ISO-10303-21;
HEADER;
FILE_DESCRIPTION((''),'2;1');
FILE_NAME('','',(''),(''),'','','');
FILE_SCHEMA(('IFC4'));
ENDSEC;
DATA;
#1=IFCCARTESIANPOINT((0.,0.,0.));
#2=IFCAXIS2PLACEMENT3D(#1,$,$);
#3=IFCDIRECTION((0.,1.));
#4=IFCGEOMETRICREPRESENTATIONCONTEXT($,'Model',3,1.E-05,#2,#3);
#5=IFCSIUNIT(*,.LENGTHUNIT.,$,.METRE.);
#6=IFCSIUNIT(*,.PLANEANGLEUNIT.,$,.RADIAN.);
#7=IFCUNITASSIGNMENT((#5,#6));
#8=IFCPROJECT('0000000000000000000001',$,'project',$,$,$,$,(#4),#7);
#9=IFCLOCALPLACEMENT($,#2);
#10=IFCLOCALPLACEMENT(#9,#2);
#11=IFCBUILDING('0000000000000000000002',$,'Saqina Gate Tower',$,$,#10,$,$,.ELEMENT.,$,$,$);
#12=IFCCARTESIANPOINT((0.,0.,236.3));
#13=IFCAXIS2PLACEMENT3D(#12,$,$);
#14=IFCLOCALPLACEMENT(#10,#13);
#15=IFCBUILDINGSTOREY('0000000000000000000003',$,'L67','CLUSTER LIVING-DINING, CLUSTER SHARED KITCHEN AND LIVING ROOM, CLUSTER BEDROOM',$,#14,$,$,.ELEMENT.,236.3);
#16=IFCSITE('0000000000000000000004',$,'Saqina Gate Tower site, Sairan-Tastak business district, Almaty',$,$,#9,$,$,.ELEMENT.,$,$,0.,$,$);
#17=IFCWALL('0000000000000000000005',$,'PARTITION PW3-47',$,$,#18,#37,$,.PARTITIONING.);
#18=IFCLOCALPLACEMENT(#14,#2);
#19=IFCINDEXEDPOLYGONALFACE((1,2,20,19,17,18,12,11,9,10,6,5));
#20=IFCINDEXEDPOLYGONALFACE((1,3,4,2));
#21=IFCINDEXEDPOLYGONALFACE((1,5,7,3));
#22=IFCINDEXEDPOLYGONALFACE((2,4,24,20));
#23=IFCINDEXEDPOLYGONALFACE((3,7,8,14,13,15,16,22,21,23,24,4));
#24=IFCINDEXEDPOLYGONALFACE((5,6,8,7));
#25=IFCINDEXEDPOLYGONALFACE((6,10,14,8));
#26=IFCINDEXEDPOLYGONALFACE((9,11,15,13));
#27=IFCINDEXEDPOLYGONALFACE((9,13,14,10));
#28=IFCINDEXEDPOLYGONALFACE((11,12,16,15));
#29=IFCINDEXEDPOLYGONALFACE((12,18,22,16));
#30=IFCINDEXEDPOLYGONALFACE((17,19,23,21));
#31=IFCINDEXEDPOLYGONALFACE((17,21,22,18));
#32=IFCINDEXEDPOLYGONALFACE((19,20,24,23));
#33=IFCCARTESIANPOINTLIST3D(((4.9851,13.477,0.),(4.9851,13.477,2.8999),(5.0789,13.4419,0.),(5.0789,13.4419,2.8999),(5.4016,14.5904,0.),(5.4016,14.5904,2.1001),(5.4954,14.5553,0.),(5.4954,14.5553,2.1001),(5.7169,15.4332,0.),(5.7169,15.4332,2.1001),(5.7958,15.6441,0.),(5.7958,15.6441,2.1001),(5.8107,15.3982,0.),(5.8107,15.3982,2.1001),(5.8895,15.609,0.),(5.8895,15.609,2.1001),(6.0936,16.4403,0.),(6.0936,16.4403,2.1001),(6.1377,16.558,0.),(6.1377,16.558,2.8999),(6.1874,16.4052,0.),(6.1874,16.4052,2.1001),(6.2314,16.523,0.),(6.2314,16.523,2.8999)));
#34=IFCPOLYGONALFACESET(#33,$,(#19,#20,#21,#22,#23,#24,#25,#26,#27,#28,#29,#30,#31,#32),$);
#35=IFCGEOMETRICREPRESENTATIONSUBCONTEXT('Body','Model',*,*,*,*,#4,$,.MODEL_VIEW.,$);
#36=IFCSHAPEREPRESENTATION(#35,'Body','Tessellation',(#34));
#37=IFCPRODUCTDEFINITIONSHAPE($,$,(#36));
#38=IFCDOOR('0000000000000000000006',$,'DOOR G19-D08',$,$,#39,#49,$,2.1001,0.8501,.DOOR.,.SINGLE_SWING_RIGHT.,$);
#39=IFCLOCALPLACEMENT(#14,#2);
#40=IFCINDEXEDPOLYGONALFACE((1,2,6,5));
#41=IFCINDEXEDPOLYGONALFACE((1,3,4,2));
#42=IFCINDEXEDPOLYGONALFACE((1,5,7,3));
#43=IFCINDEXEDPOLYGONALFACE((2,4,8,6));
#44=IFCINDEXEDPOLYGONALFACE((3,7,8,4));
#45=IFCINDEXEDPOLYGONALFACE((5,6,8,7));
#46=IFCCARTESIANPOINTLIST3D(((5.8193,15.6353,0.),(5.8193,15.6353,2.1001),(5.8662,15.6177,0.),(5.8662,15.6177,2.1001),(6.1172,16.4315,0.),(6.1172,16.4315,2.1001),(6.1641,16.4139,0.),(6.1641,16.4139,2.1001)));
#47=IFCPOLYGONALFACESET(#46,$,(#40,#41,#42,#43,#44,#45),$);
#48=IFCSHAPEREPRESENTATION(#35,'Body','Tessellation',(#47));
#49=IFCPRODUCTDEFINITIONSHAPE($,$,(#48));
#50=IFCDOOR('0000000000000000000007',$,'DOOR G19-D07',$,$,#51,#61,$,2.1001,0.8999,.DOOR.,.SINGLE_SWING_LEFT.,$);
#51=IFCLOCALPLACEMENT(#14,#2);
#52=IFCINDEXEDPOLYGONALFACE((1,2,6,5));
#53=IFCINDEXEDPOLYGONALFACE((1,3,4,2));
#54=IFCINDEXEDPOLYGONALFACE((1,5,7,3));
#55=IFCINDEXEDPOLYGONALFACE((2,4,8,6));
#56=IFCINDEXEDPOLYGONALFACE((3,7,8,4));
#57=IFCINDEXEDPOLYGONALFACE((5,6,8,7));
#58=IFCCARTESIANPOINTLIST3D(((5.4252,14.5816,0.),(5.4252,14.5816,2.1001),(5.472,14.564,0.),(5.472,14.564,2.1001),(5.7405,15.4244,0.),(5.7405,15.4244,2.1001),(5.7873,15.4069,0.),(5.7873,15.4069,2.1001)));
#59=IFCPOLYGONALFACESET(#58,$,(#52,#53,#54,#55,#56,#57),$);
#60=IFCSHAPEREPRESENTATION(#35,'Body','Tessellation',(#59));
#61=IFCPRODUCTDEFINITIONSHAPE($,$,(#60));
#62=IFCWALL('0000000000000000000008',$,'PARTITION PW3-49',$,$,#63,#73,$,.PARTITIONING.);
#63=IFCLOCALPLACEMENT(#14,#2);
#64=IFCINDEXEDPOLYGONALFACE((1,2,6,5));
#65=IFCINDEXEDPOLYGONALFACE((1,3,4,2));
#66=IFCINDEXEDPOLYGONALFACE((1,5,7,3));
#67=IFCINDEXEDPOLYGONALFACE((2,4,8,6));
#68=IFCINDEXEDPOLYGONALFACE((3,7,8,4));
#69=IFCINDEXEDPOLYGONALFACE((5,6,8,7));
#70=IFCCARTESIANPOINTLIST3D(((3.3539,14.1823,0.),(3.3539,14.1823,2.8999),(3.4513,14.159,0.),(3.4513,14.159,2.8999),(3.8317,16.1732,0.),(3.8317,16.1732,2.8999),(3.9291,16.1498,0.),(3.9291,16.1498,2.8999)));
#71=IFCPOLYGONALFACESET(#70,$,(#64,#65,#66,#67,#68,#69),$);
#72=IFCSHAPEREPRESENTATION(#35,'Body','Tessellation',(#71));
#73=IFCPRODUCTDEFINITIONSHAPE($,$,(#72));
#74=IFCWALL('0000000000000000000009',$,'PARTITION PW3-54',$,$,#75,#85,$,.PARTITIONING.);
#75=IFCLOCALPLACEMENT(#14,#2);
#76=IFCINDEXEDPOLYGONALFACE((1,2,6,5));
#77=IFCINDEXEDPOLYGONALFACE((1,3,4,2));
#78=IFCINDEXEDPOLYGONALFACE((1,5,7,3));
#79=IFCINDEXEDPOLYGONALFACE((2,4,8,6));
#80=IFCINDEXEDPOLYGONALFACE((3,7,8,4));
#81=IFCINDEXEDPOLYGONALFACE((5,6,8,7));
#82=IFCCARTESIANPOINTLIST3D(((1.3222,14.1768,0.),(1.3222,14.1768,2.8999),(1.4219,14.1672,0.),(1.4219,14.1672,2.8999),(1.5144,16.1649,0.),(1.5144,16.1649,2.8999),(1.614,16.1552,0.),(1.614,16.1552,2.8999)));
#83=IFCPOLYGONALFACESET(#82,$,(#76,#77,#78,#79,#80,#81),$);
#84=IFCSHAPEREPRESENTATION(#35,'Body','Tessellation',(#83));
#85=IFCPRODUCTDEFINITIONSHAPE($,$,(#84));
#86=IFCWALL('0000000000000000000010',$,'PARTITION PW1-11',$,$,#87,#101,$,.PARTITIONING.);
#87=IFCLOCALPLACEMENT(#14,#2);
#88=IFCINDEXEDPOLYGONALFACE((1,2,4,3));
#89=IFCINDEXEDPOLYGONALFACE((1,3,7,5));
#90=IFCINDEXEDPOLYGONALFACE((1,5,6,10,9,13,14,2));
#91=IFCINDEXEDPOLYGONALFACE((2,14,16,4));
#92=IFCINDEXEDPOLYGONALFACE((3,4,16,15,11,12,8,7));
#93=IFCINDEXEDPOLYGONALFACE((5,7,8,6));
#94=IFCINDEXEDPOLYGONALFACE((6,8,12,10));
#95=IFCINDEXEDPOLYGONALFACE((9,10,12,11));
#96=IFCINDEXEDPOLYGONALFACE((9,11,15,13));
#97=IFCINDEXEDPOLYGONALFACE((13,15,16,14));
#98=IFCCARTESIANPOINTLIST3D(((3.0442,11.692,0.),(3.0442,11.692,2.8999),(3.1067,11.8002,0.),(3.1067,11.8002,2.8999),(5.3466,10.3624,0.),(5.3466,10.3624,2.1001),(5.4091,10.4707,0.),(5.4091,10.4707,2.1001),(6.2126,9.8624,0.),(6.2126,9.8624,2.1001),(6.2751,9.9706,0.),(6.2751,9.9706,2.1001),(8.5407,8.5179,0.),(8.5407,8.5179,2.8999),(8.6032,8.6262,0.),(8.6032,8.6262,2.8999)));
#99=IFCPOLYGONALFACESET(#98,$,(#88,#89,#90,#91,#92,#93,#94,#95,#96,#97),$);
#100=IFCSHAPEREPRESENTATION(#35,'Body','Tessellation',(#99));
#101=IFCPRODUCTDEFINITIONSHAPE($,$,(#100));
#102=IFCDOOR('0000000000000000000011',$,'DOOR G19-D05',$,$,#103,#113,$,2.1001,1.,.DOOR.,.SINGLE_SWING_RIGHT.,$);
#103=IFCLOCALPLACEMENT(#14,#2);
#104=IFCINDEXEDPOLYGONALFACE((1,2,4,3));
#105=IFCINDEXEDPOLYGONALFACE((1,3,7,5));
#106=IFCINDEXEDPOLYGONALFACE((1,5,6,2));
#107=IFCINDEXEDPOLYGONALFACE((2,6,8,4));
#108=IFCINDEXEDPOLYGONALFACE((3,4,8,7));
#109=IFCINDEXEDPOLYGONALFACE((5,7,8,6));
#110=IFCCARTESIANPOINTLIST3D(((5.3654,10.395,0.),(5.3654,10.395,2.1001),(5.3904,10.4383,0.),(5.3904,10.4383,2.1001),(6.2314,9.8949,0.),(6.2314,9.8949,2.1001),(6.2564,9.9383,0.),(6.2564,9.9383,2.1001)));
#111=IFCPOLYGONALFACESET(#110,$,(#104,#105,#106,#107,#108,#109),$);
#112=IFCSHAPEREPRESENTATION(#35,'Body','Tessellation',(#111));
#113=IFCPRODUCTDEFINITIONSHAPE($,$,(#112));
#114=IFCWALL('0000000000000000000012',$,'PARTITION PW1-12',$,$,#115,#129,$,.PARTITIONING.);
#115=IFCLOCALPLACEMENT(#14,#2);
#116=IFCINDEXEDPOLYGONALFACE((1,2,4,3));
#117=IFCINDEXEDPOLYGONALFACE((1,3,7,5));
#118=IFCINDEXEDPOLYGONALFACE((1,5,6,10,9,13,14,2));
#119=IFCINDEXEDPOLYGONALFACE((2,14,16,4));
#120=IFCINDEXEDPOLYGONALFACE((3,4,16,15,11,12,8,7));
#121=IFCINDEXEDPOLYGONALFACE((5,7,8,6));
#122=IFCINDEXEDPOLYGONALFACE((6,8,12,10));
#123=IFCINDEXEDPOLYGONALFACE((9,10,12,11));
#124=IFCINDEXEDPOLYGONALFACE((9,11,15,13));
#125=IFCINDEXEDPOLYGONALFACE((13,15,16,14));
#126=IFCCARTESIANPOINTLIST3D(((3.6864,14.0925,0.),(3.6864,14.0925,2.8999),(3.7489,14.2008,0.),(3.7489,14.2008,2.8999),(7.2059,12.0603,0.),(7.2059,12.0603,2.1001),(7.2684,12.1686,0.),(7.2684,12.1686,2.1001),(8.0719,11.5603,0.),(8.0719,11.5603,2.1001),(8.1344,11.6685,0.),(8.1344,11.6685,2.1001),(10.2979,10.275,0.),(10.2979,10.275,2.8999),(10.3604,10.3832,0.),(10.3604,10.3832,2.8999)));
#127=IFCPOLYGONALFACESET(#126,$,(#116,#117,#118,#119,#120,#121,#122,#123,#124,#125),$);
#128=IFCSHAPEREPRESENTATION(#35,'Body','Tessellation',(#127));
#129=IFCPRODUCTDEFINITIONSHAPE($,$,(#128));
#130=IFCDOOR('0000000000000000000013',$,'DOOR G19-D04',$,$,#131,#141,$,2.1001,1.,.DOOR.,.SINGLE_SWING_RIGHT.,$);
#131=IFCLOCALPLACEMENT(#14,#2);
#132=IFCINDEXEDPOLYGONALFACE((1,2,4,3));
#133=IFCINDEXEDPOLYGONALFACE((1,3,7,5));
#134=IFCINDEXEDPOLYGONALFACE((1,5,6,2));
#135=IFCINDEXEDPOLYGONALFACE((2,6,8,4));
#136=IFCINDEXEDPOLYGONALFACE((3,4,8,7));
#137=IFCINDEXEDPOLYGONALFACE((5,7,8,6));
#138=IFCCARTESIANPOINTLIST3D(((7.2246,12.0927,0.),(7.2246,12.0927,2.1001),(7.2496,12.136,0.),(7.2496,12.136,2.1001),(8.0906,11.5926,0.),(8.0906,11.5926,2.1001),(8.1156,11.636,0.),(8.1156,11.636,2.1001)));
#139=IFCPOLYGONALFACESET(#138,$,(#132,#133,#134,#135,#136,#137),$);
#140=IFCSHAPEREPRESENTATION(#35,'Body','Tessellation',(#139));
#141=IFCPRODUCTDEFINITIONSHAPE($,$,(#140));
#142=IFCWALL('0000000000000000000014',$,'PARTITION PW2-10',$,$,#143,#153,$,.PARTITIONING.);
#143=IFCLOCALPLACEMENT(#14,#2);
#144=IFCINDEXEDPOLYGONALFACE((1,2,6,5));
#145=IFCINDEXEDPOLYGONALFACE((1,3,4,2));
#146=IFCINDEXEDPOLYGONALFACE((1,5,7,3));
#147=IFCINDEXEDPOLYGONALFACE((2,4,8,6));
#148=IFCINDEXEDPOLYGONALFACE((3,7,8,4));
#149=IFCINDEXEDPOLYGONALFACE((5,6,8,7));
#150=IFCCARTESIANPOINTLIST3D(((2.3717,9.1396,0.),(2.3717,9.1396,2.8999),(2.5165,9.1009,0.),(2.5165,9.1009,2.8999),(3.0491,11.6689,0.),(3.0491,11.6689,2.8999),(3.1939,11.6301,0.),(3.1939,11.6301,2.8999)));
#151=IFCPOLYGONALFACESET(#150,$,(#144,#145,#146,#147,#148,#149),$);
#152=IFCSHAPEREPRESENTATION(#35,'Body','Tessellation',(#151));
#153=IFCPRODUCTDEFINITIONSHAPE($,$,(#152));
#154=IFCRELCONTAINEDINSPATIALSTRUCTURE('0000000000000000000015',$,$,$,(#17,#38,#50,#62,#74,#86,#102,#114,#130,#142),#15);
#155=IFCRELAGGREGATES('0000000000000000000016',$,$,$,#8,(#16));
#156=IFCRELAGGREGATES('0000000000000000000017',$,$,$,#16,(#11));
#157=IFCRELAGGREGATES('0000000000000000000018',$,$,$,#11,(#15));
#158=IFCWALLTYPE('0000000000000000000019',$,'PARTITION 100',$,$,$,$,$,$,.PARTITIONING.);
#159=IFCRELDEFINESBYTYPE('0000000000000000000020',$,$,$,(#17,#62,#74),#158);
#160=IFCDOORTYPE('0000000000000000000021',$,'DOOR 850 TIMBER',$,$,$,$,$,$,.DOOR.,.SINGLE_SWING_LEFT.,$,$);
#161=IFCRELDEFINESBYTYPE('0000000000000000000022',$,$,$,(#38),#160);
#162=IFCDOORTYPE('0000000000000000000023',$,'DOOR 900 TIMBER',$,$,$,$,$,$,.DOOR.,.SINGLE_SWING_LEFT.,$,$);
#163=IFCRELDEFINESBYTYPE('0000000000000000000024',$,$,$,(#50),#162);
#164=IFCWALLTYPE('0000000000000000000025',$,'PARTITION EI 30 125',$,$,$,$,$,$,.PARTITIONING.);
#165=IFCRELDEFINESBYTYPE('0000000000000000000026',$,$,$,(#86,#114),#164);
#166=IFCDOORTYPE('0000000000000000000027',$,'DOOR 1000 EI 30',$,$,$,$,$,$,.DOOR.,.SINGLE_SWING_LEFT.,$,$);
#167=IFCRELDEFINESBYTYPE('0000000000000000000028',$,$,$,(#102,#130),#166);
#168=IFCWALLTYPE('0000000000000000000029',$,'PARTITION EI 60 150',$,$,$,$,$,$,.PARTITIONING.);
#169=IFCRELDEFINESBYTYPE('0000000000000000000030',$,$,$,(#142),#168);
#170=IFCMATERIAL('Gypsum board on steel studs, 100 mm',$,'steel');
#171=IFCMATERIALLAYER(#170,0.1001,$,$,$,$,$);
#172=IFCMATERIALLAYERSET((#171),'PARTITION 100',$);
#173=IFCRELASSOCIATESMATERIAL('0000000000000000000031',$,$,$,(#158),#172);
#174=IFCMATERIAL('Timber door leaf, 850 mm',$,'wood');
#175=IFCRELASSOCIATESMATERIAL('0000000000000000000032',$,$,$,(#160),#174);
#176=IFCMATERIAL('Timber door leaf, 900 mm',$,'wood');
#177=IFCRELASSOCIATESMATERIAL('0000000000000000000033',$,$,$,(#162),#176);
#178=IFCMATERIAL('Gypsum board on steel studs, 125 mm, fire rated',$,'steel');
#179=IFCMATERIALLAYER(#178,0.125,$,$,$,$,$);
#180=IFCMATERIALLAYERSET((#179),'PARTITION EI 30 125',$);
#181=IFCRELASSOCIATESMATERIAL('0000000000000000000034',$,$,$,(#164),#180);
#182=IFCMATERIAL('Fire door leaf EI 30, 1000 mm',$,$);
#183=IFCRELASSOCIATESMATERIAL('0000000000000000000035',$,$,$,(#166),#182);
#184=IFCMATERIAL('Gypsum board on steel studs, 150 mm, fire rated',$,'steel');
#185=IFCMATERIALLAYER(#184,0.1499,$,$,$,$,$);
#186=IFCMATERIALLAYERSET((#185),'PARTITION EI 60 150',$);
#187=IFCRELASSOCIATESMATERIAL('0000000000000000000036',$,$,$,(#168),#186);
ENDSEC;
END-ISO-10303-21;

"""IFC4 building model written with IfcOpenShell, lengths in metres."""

from ifc_helpers import new_model, si_unit, direction, frame, frame_2d, origin, place, context, subcontext, project, spatial, rectangle, extrude, material, layer, layer_set, type_object, element, fill, save


model = new_model("IFC4")

# Units and contexts
model_context = context("Model", 3, precision=1e-05, world=origin(), true_north=direction((0.0, 1.0)))
body_context = subcontext(model_context, "Body", "Model", "MODEL_VIEW")
ifc_project = project(units=[si_unit("LENGTHUNIT", "METRE"), si_unit("PLANEANGLEUNIT", "RADIAN")], contexts=[model_context])

# Site, building, storey
site_placement = place(None, origin())
site = spatial("IfcSite", under=ifc_project, at=site_placement, Name="Saqina Gate Tower site, Sairan-Tastak business district, Almaty", CompositionType="ELEMENT", RefElevation=0.0)
building_placement = place(site_placement, origin())
building = spatial("IfcBuilding", under=site, at=building_placement, Name="Saqina Gate Tower", CompositionType="ELEMENT")
storey_placement = place(building_placement, frame((0.0, 0.0, 236.3)))
storey = spatial("IfcBuildingStorey", under=building, at=storey_placement, Name="L67", Description="CLUSTER LIVING-DINING, CLUSTER SHARED KITCHEN AND LIVING ROOM, CLUSTER BEDROOM", CompositionType="ELEMENT", Elevation=236.3)

# Shared definitions
ifc_material_1 = material(Name="Gypsum board on steel studs, 100 mm", Category="steel")
ifc_layer_1 = layer(ifc_material_1, 0.1001)
ifc_layer_set_1 = layer_set([ifc_layer_1], Name="PARTITION 100")
wall_type_1 = type_object("IfcWallType", Name="PARTITION 100", PredefinedType="PARTITIONING", material=ifc_layer_set_1)

# Wall, openings, doors
wall_1_placement = place(storey_placement, frame((5.032, 13.4595, 0.0), z_axis=(0.0, 0.0, 1.0), x_axis=(0.350375, 0.936609, 0.0)))
wall_1 = element("IfcWall", 1, at=wall_1_placement, inside=storey, type_object=wall_type_1, Name="PARTITION PW3-47", PredefinedType="PARTITIONING", context=body_context, shape_type="SweptSolid", body=[
    extrude(rectangle(XDim=3.2896, YDim=0.1001, at=frame_2d((1.6448, 0.0))), origin(), (0.0, 0.0, 1.0), 2.8999),
])
opening_1_placement = place(wall_1_placement, frame((1.1887, 0.0, 0.0)))
opening_1 = element("IfcOpeningElement", 2, at=opening_1_placement, cuts=wall_1, PredefinedType="OPENING", context=body_context, shape_type="SweptSolid", body=[
    extrude(rectangle(XDim=0.8999, YDim=2.1001, at=frame_2d((0.45, 1.05))), frame((0.0, 0.062, 0.0), z_axis=(0.0, -1.0, 0.0), x_axis=(1.0, 0.0, 0.0)), (0.0, 0.0, 1.0), 0.124),
])
opening_2_placement = place(wall_1_placement, frame((2.3137, 0.0, 0.0)))
opening_2 = element("IfcOpeningElement", 3, at=opening_2_placement, cuts=wall_1, PredefinedType="OPENING", context=body_context, shape_type="SweptSolid", body=[
    extrude(rectangle(XDim=0.8501, YDim=2.1001, at=frame_2d((0.425, 1.05))), frame((0.0, 0.062, 0.0), z_axis=(0.0, -1.0, 0.0), x_axis=(1.0, 0.0, 0.0)), (0.0, 0.0, 1.0), 0.124),
])
ifc_material_2 = material(Name="Timber door leaf, 850 mm", Category="wood")
door_type_1 = type_object("IfcDoorType", Name="DOOR 850 TIMBER", OperationType="SINGLE_SWING_LEFT", PredefinedType="DOOR", material=ifc_material_2)
door_1_placement = place(opening_2_placement, origin())
door_1 = element("IfcDoor", 4, at=door_1_placement, inside=storey, type_object=door_type_1, Name="DOOR G19-D08", OperationType="SINGLE_SWING_RIGHT", OverallHeight=2.1001, OverallWidth=0.8501, PredefinedType="DOOR", context=body_context, shape_type="SweptSolid", body=[
    extrude(rectangle(XDim=0.8501, YDim=2.1001, at=frame_2d((0.425, 1.05))), frame((0.0, 0.0249, 0.0), z_axis=(0.0, -1.0, 0.0), x_axis=(1.0, 0.0, 0.0)), (0.0, 0.0, 1.0), 0.05),
])
fill(opening_2, door_1)
ifc_material_3 = material(Name="Timber door leaf, 900 mm", Category="wood")
door_type_2 = type_object("IfcDoorType", Name="DOOR 900 TIMBER", OperationType="SINGLE_SWING_LEFT", PredefinedType="DOOR", material=ifc_material_3)
door_2_placement = place(opening_1_placement, origin())
door_2 = element("IfcDoor", 5, at=door_2_placement, inside=storey, type_object=door_type_2, Name="DOOR G19-D07", OperationType="SINGLE_SWING_LEFT", OverallHeight=2.1001, OverallWidth=0.8999, PredefinedType="DOOR", context=body_context, shape_type="SweptSolid", body=[
    extrude(rectangle(XDim=0.8999, YDim=2.1001, at=frame_2d((0.45, 1.05))), frame((0.0, 0.0249, 0.0), z_axis=(0.0, -1.0, 0.0), x_axis=(1.0, 0.0, 0.0)), (0.0, 0.0, 1.0), 0.05),
])
fill(opening_1, door_2)

# Walls
wall_2_placement = place(storey_placement, frame((3.4026, 14.1707, 0.0), z_axis=(0.0, 0.0, 1.0), x_axis=(0.233377, 0.972386, 0.0)))
element("IfcWall", 6, at=wall_2_placement, inside=storey, type_object=wall_type_1, Name="PARTITION PW3-49", PredefinedType="PARTITIONING", context=body_context, shape_type="SweptSolid", body=[
    extrude(rectangle(XDim=2.0474, YDim=0.1001, at=frame_2d((1.0237, 0.0))), origin(), (0.0, 0.0, 1.0), 2.8999),
])
wall_3_placement = place(storey_placement, frame((1.3721, 14.1721, 0.0), z_axis=(0.0, 0.0, 1.0), x_axis=(0.096199, 0.995362, 0.0)))
element("IfcWall", 7, at=wall_3_placement, inside=storey, type_object=wall_type_1, Name="PARTITION PW3-54", PredefinedType="PARTITIONING", context=body_context, shape_type="SweptSolid", body=[
    extrude(rectangle(XDim=1.9973, YDim=0.1001, at=frame_2d((0.9985, 0.0))), origin(), (0.0, 0.0, 1.0), 2.8999),
])

# Walls, openings, doors
ifc_material_4 = material(Name="Gypsum board on steel studs, 125 mm, fire rated", Category="steel")
ifc_layer_2 = layer(ifc_material_4, 0.125)
ifc_layer_set_2 = layer_set([ifc_layer_2], Name="PARTITION EI 30 125")
wall_type_2 = type_object("IfcWallType", Name="PARTITION EI 30 125", PredefinedType="PARTITIONING", material=ifc_layer_set_2)
wall_4_placement = place(storey_placement, frame((3.0754, 11.7461, 0.0), z_axis=(0.0, 0.0, 1.0), x_axis=(0.865983, -0.500073, 0.0)))
wall_4 = element("IfcWall", 8, at=wall_4_placement, inside=storey, type_object=wall_type_2, Name="PARTITION PW1-11", PredefinedType="PARTITIONING", context=body_context, shape_type="SweptSolid", body=[
    extrude(rectangle(XDim=6.3472, YDim=0.125, at=frame_2d((3.1736, 0.0))), origin(), (0.0, 0.0, 1.0), 2.8999),
])
opening_3_placement = place(wall_4_placement, frame((2.6587, 0.0, 0.0)))
opening_3 = element("IfcOpeningElement", 9, at=opening_3_placement, cuts=wall_4, PredefinedType="OPENING", context=body_context, shape_type="SweptSolid", body=[
    extrude(rectangle(XDim=1.0, YDim=2.1001, at=frame_2d((0.5, 1.05))), frame((0.0, 0.0745, 0.0), z_axis=(0.0, -1.0, 0.0), x_axis=(1.0, 0.0, 0.0)), (0.0, 0.0, 1.0), 0.1489),
])
ifc_material_5 = material(Name="Fire door leaf EI 30, 1000 mm")
door_type_3 = type_object("IfcDoorType", Name="DOOR 1000 EI 30", OperationType="SINGLE_SWING_LEFT", PredefinedType="DOOR", material=ifc_material_5)
door_3_placement = place(opening_3_placement, frame((1.0, 0.0, 0.0), z_axis=(0.0, 0.0, 1.0), x_axis=(-1.0, 0.0, 0.0)))
door_3 = element("IfcDoor", 10, at=door_3_placement, inside=storey, type_object=door_type_3, Name="DOOR G19-D05", OperationType="SINGLE_SWING_RIGHT", OverallHeight=2.1001, OverallWidth=1.0, PredefinedType="DOOR", context=body_context, shape_type="SweptSolid", body=[
    extrude(rectangle(XDim=1.0, YDim=2.1001, at=frame_2d((0.5, 1.05))), frame((0.0, 0.0249, 0.0), z_axis=(0.0, -1.0, 0.0), x_axis=(1.0, 0.0, 0.0)), (0.0, 0.0, 1.0), 0.05),
])
fill(opening_3, door_3)
wall_5_placement = place(storey_placement, frame((3.7175, 14.1467, 0.0), z_axis=(0.0, 0.0, 1.0), x_axis=(0.866001, -0.500043, 0.0)))
wall_5 = element("IfcWall", 11, at=wall_5_placement, inside=storey, type_object=wall_type_2, Name="PARTITION PW1-12", PredefinedType="PARTITIONING", context=body_context, shape_type="SweptSolid", body=[
    extrude(rectangle(XDim=7.6345, YDim=0.125, at=frame_2d((3.8174, 0.0))), origin(), (0.0, 0.0, 1.0), 2.8999),
])
opening_4_placement = place(wall_5_placement, frame((4.0642, 0.0, 0.0)))
opening_4 = element("IfcOpeningElement", 12, at=opening_4_placement, cuts=wall_5, PredefinedType="OPENING", context=body_context, shape_type="SweptSolid", body=[
    extrude(rectangle(XDim=1.0, YDim=2.1001, at=frame_2d((0.5, 1.05))), frame((0.0, 0.0745, 0.0), z_axis=(0.0, -1.0, 0.0), x_axis=(1.0, 0.0, 0.0)), (0.0, 0.0, 1.0), 0.1489),
])
door_4_placement = place(opening_4_placement, origin())
door_4 = element("IfcDoor", 13, at=door_4_placement, inside=storey, type_object=door_type_3, Name="DOOR G19-D04", OperationType="SINGLE_SWING_RIGHT", OverallHeight=2.1001, OverallWidth=1.0, PredefinedType="DOOR", context=body_context, shape_type="SweptSolid", body=[
    extrude(rectangle(XDim=1.0, YDim=2.1001, at=frame_2d((0.5, 1.05))), frame((0.0, 0.0249, 0.0), z_axis=(0.0, -1.0, 0.0), x_axis=(1.0, 0.0, 0.0)), (0.0, 0.0, 1.0), 0.05),
])
fill(opening_4, door_4)

# Wall
ifc_material_6 = material(Name="Gypsum board on steel studs, 150 mm, fire rated", Category="steel")
ifc_layer_3 = layer(ifc_material_6, 0.1499)
ifc_layer_set_3 = layer_set([ifc_layer_3], Name="PARTITION EI 60 150")
wall_type_3 = type_object("IfcWallType", Name="PARTITION EI 60 150", PredefinedType="PARTITIONING", material=ifc_layer_set_3)
wall_6_placement = place(storey_placement, frame((2.4441, 9.1204, 0.0), z_axis=(0.0, 0.0, 1.0), x_axis=(0.258736, 0.965948, 0.0)))
element("IfcWall", 14, at=wall_6_placement, inside=storey, type_object=wall_type_3, Name="PARTITION PW2-10", PredefinedType="PARTITIONING", context=body_context, shape_type="SweptSolid", body=[
    extrude(rectangle(XDim=2.6184, YDim=0.1499, at=frame_2d((1.3091, 0.0))), origin(), (0.0, 0.0, 1.0), 2.8999),
])

save(model, "model.ifc")
